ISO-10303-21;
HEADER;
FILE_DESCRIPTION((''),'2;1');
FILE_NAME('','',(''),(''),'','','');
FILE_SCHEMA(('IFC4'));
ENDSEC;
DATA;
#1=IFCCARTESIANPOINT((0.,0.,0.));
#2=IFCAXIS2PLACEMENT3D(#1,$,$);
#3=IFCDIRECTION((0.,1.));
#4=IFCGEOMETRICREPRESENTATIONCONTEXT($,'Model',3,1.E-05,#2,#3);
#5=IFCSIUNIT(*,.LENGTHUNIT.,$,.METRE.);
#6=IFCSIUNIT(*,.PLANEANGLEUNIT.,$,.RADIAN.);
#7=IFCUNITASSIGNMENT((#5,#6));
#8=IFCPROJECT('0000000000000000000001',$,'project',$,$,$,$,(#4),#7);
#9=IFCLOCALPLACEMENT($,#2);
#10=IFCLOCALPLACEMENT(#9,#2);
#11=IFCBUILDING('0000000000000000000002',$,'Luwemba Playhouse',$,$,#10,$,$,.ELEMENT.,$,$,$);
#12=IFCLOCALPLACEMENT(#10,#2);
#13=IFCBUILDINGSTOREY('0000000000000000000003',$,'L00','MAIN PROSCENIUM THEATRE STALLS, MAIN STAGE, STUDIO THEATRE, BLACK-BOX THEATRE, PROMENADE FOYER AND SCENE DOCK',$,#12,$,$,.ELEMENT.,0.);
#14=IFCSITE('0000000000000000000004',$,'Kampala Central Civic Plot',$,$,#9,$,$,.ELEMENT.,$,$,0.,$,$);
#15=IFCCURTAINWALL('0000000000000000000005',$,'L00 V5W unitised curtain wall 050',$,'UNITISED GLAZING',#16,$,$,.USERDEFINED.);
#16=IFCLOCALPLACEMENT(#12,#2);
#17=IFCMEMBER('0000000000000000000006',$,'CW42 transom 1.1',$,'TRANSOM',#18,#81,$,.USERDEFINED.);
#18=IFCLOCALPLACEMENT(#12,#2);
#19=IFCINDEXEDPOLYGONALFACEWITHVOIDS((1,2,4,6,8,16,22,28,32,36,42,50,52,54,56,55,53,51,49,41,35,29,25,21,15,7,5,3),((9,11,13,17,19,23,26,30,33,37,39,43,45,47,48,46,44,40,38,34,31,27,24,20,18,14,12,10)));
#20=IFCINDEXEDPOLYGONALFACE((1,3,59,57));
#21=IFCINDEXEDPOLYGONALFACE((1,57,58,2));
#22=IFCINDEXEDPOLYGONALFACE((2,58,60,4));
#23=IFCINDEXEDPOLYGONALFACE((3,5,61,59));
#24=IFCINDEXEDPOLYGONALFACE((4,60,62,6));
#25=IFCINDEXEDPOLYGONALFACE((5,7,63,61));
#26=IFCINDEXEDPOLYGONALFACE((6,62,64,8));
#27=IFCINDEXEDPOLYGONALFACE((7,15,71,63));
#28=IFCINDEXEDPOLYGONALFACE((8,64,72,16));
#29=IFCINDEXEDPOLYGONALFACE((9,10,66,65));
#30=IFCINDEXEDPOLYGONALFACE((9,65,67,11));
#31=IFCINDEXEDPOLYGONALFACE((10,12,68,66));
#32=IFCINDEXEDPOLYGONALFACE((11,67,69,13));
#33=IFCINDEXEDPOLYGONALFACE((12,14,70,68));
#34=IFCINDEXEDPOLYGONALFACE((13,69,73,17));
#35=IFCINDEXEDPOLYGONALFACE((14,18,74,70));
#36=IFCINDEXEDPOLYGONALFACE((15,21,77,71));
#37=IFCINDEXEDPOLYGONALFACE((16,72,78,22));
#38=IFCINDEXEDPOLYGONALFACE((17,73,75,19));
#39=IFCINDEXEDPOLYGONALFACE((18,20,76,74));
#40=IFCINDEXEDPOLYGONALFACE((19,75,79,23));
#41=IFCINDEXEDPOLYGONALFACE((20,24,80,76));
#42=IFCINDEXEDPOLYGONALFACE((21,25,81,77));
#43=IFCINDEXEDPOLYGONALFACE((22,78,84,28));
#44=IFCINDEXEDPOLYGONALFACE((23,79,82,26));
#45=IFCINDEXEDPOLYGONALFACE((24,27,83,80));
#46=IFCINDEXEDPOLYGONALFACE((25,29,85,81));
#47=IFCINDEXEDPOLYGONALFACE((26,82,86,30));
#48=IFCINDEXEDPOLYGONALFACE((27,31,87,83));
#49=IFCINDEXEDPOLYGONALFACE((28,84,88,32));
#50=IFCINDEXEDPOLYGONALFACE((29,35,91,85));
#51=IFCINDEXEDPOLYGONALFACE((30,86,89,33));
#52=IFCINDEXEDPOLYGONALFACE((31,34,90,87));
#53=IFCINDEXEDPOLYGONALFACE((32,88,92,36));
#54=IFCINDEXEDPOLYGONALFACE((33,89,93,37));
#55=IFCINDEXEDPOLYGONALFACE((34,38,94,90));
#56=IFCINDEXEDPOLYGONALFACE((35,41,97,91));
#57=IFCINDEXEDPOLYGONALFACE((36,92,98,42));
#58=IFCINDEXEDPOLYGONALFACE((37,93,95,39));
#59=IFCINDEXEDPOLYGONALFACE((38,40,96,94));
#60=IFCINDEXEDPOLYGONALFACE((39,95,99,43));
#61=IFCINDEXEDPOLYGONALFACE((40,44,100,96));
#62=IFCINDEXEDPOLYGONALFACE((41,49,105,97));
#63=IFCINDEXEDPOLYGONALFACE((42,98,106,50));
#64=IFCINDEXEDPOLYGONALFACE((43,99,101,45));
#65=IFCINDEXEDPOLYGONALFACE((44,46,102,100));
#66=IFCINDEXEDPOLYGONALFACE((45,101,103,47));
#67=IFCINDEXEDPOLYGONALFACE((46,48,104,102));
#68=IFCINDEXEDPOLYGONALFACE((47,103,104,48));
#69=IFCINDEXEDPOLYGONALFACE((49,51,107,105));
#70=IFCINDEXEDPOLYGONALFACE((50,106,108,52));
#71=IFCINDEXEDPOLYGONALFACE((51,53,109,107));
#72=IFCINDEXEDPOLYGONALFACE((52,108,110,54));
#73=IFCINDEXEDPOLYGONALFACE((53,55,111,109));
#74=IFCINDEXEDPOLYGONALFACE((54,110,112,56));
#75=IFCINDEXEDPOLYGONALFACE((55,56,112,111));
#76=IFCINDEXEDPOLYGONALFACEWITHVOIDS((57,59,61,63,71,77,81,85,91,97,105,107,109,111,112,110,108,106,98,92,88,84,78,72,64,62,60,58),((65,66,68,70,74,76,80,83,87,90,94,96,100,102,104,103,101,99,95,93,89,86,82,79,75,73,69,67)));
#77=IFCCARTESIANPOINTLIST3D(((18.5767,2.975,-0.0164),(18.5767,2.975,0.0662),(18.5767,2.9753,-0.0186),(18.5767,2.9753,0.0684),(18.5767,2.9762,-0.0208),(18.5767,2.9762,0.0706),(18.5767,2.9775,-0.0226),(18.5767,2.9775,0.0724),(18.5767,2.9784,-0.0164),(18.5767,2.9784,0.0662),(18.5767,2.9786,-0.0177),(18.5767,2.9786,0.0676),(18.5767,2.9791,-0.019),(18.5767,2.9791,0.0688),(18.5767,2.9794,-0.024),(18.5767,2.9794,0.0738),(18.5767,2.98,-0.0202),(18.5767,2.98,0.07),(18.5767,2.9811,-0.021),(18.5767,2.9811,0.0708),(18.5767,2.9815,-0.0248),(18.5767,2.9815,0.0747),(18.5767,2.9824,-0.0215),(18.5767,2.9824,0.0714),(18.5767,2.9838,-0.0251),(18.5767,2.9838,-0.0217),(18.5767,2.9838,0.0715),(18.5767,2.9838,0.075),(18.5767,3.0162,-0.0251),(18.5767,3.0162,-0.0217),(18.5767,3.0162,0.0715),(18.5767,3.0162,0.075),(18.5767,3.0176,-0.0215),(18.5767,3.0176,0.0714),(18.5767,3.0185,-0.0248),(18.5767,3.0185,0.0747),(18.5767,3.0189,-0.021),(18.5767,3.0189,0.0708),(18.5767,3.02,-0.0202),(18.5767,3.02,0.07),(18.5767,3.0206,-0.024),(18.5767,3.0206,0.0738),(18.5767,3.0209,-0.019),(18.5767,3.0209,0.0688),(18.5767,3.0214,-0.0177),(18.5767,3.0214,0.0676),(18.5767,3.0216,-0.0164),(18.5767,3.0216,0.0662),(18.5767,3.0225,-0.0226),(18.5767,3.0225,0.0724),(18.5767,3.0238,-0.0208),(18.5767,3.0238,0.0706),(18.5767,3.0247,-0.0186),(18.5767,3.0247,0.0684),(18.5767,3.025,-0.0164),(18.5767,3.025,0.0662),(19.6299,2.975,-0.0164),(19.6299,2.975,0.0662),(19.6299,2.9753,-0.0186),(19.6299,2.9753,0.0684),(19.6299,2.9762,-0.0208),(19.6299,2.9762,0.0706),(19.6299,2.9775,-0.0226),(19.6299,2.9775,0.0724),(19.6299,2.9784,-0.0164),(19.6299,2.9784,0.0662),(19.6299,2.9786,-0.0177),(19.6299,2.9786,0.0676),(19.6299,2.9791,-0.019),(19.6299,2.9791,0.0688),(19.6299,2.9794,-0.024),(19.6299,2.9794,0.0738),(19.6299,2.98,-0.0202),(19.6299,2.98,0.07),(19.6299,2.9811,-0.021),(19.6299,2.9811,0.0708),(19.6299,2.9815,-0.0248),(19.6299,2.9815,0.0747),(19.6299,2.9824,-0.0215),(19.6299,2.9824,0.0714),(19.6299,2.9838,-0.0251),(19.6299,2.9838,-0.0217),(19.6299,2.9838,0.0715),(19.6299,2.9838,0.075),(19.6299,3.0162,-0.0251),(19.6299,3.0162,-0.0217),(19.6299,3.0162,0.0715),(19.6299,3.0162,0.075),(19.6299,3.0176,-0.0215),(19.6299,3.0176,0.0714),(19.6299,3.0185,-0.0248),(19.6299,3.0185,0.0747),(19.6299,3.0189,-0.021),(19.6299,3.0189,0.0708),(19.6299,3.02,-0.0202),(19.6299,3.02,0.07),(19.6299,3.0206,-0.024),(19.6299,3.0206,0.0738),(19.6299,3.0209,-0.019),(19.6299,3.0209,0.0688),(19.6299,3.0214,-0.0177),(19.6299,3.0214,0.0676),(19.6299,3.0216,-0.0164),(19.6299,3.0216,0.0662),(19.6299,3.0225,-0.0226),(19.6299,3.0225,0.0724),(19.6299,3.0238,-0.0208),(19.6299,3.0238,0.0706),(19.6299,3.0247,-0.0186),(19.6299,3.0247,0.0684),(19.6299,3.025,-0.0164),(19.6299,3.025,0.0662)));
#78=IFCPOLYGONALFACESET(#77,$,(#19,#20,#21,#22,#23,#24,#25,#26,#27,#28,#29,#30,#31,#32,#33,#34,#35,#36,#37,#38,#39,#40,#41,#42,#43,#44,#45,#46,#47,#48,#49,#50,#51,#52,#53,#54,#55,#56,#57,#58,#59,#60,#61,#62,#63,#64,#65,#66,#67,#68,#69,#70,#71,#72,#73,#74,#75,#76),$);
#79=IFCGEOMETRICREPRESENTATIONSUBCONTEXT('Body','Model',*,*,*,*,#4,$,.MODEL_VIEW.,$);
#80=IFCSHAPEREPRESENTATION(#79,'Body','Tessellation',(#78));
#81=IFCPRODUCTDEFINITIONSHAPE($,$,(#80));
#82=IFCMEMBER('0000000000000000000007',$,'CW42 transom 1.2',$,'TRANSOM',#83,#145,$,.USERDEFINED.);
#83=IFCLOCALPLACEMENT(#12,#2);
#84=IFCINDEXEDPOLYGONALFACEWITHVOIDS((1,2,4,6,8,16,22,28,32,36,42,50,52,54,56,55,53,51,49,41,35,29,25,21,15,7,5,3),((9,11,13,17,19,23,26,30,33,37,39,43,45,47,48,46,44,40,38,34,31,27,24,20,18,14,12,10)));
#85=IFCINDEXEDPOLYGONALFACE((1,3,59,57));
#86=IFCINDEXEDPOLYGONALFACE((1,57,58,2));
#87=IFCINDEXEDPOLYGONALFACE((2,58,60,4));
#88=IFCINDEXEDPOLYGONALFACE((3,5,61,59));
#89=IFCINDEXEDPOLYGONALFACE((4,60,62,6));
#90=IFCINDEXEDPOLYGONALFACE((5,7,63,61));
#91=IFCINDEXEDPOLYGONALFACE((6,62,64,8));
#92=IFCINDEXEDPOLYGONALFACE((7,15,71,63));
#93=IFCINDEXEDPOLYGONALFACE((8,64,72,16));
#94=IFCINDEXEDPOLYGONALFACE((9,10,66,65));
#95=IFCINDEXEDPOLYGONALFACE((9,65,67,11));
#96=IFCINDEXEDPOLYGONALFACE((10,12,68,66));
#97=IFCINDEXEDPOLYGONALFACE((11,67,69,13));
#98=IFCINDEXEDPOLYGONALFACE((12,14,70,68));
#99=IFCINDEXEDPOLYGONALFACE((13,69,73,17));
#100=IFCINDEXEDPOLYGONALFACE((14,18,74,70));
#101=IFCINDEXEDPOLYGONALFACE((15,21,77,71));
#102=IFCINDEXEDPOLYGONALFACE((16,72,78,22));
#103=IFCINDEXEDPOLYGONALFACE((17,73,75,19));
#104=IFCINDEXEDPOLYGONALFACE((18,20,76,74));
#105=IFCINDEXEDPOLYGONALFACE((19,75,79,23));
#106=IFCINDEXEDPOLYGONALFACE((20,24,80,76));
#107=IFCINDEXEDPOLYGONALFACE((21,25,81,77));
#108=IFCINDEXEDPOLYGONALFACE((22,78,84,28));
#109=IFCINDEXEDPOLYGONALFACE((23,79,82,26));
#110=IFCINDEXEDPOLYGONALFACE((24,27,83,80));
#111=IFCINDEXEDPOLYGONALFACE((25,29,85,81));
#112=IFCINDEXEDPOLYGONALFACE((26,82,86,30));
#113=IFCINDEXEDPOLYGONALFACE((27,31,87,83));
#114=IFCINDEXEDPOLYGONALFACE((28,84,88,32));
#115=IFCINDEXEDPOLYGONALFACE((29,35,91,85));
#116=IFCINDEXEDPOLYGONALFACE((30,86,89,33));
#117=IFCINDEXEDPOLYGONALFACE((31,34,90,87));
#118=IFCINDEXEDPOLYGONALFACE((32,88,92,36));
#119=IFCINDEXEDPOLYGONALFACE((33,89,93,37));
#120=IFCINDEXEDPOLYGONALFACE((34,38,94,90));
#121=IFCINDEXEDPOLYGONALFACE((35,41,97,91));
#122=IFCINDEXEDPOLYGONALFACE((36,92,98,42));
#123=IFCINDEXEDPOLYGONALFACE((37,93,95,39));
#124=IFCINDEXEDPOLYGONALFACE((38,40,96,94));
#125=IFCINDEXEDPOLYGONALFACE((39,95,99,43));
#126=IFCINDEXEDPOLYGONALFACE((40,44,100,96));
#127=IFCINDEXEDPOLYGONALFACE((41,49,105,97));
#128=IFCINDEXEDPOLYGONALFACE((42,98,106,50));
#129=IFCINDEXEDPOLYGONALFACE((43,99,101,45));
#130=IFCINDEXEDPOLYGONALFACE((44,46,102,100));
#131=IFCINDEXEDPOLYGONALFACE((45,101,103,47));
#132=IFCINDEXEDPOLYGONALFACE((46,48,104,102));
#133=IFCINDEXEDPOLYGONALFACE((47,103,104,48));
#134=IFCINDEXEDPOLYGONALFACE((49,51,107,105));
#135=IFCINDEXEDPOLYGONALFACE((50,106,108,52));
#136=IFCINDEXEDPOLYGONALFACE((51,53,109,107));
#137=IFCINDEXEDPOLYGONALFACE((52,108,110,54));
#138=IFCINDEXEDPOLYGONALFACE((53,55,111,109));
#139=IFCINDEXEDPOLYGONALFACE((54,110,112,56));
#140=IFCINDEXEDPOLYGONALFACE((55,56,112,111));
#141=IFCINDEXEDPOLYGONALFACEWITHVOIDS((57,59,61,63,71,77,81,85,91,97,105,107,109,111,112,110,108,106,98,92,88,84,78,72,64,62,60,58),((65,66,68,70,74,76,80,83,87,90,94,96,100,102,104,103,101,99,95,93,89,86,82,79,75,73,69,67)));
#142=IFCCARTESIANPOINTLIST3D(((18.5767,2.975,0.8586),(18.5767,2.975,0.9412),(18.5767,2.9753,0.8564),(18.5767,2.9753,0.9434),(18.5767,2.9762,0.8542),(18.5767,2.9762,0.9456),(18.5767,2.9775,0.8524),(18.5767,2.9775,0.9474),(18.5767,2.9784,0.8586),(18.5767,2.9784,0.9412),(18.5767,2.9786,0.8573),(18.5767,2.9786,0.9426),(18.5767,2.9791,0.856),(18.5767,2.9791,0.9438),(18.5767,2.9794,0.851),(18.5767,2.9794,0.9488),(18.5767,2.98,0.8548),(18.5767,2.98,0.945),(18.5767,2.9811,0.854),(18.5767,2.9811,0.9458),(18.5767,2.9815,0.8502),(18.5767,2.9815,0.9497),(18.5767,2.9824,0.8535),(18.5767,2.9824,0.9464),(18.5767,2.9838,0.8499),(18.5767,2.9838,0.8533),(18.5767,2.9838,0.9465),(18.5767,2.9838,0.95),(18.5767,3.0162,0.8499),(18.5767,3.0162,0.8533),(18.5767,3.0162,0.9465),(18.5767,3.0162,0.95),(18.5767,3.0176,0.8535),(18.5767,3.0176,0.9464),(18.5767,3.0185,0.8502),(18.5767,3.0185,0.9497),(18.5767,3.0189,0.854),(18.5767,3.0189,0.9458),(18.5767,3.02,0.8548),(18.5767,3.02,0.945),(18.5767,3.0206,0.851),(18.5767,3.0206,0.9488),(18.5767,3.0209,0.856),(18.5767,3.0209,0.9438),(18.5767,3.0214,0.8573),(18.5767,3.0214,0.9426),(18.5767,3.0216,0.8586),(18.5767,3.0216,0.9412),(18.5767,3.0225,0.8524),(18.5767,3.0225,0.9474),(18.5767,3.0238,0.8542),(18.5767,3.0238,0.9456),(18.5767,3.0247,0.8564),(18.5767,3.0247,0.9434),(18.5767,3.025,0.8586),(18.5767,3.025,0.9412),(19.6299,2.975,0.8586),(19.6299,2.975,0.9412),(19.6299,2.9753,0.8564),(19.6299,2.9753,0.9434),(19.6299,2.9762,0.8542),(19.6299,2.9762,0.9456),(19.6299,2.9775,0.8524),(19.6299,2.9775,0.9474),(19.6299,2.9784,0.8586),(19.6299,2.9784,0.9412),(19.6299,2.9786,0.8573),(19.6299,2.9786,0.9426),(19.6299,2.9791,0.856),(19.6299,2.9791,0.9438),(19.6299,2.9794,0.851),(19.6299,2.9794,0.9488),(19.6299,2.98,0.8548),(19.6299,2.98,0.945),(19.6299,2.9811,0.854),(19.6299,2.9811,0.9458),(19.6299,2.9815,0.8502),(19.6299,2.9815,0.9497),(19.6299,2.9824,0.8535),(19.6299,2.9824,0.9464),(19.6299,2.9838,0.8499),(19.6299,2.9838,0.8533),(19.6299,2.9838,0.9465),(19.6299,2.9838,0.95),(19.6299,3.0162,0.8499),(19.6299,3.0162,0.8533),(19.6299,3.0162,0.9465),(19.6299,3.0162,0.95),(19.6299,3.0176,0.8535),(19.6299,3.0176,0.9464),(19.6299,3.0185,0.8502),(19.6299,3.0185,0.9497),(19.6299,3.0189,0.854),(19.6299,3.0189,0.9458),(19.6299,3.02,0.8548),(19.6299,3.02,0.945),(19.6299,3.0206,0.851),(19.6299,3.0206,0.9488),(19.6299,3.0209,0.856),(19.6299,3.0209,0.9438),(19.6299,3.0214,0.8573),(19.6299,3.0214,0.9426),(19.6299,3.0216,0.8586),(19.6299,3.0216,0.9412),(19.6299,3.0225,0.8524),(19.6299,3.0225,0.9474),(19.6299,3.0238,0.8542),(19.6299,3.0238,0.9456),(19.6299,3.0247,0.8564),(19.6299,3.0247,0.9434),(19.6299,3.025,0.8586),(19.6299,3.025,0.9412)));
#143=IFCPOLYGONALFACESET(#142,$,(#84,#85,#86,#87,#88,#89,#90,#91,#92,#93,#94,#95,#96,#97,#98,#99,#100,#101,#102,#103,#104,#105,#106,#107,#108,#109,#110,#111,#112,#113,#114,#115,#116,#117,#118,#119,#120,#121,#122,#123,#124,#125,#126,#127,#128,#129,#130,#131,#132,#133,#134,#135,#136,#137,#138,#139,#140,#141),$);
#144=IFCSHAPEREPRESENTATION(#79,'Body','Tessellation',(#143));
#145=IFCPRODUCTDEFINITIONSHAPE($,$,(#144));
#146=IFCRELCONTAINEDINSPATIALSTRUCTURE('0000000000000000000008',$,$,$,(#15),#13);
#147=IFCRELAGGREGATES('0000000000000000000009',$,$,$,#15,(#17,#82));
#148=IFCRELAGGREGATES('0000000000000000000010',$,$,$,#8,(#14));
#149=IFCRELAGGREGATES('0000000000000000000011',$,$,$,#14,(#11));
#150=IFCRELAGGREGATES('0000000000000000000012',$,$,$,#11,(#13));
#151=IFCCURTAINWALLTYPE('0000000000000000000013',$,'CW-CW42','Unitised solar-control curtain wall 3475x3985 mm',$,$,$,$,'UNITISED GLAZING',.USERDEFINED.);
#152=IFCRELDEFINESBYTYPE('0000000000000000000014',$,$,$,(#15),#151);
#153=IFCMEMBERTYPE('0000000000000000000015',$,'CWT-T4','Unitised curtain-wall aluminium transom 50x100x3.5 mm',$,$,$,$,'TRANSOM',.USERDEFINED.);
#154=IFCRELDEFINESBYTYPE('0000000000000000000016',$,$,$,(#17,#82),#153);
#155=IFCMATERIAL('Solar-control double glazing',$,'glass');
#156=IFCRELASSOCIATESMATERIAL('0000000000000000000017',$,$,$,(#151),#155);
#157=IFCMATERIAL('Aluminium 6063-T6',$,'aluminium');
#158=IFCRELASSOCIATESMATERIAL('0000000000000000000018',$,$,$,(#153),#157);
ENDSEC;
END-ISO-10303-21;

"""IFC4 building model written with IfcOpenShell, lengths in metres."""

from ifc_helpers import new_model, si_unit, direction, frame, origin, origin_2d, place, context, subcontext, project, spatial, hollow_rectangle, extrude, material, material_profile, profile_set, type_object, element, aggregate, save


model = new_model("IFC4")

# Units and contexts
model_context = context("Model", 3, precision=1e-05, world=origin(), true_north=direction((0.0, 1.0)))
body_context = subcontext(model_context, "Body", "Model", "MODEL_VIEW")
ifc_project = project(units=[si_unit("LENGTHUNIT", "METRE"), si_unit("PLANEANGLEUNIT", "RADIAN")], contexts=[model_context])

# Site, building, storey
site_placement = place(None, origin())
site = spatial("IfcSite", under=ifc_project, at=site_placement, Name="Kampala Central Civic Plot", CompositionType="ELEMENT", RefElevation=0.0)
building_placement = place(site_placement, origin())
building = spatial("IfcBuilding", under=site, at=building_placement, Name="Luwemba Playhouse", CompositionType="ELEMENT")
storey_placement = place(building_placement, origin())
storey = spatial("IfcBuildingStorey", under=building, at=storey_placement, Name="L00", Description="MAIN PROSCENIUM THEATRE STALLS, MAIN STAGE, STUDIO THEATRE, BLACK-BOX THEATRE, PROMENADE FOYER AND SCENE DOCK", CompositionType="ELEMENT", Elevation=0.0)

# Shared definitions
ifc_material_1 = material(Name="Solar-control double glazing", Category="glass")
ifc_material_2 = material(Name="Aluminium 6063-T6", Category="aluminium")

# Curtain wall
curtain_wall_type_1 = type_object("IfcCurtainWallType", Name="CW-CW42", Description="Unitised solar-control curtain wall 3475x3985 mm", ElementType="UNITISED GLAZING", PredefinedType="USERDEFINED", material=ifc_material_1)
curtain_wall_1_placement = place(storey_placement, origin())
curtain_wall_1 = element("IfcCurtainWall", 1, at=curtain_wall_1_placement, inside=storey, type_object=curtain_wall_type_1, Name="L00 V5W unitised curtain wall 050", ObjectType="UNITISED GLAZING", PredefinedType="USERDEFINED")

# Members
ifc_material_profile_1 = material_profile(ifc_material_2, hollow_rectangle(XDim=0.05, YDim=0.1001, WallThickness=0.0034, InnerFilletRadius=0.0054, OuterFilletRadius=0.0088, at=origin_2d()))
ifc_profile_set_1 = profile_set([ifc_material_profile_1], Name="Aluminium 6063-T6")
member_type_1 = type_object("IfcMemberType", Name="CWT-T4", Description="Unitised curtain-wall aluminium transom 50x100x3.5 mm", ElementType="TRANSOM", PredefinedType="USERDEFINED", material=ifc_profile_set_1)
member_1_placement = place(storey_placement, frame((19.6299, 3.0, 0.0249), z_axis=(-1.0, 0.0, 0.0), x_axis=(0.0, -1.0, 0.0)))
member_1 = element("IfcMember", 2, at=member_1_placement, type_object=member_type_1, Name="CW42 transom 1.1", ObjectType="TRANSOM", PredefinedType="USERDEFINED", context=body_context, shape_type="SweptSolid", body=[
    extrude(hollow_rectangle(XDim=0.05, YDim=0.1001, WallThickness=0.0034, InnerFilletRadius=0.0054, OuterFilletRadius=0.0088, at=origin_2d()), origin(), (0.0, 0.0, 1.0), 1.0532),
])
member_2_placement = place(storey_placement, frame((19.6299, 3.0, 0.8999), z_axis=(-1.0, 0.0, 0.0), x_axis=(0.0, -1.0, 0.0)))
member_2 = element("IfcMember", 3, at=member_2_placement, type_object=member_type_1, Name="CW42 transom 1.2", ObjectType="TRANSOM", PredefinedType="USERDEFINED", context=body_context, shape_type="SweptSolid", body=[
    extrude(hollow_rectangle(XDim=0.05, YDim=0.1001, WallThickness=0.0034, InnerFilletRadius=0.0054, OuterFilletRadius=0.0088, at=origin_2d()), origin(), (0.0, 0.0, 1.0), 1.0532),
])

aggregate(curtain_wall_1, [member_1, member_2])

save(model, "model.ifc")
